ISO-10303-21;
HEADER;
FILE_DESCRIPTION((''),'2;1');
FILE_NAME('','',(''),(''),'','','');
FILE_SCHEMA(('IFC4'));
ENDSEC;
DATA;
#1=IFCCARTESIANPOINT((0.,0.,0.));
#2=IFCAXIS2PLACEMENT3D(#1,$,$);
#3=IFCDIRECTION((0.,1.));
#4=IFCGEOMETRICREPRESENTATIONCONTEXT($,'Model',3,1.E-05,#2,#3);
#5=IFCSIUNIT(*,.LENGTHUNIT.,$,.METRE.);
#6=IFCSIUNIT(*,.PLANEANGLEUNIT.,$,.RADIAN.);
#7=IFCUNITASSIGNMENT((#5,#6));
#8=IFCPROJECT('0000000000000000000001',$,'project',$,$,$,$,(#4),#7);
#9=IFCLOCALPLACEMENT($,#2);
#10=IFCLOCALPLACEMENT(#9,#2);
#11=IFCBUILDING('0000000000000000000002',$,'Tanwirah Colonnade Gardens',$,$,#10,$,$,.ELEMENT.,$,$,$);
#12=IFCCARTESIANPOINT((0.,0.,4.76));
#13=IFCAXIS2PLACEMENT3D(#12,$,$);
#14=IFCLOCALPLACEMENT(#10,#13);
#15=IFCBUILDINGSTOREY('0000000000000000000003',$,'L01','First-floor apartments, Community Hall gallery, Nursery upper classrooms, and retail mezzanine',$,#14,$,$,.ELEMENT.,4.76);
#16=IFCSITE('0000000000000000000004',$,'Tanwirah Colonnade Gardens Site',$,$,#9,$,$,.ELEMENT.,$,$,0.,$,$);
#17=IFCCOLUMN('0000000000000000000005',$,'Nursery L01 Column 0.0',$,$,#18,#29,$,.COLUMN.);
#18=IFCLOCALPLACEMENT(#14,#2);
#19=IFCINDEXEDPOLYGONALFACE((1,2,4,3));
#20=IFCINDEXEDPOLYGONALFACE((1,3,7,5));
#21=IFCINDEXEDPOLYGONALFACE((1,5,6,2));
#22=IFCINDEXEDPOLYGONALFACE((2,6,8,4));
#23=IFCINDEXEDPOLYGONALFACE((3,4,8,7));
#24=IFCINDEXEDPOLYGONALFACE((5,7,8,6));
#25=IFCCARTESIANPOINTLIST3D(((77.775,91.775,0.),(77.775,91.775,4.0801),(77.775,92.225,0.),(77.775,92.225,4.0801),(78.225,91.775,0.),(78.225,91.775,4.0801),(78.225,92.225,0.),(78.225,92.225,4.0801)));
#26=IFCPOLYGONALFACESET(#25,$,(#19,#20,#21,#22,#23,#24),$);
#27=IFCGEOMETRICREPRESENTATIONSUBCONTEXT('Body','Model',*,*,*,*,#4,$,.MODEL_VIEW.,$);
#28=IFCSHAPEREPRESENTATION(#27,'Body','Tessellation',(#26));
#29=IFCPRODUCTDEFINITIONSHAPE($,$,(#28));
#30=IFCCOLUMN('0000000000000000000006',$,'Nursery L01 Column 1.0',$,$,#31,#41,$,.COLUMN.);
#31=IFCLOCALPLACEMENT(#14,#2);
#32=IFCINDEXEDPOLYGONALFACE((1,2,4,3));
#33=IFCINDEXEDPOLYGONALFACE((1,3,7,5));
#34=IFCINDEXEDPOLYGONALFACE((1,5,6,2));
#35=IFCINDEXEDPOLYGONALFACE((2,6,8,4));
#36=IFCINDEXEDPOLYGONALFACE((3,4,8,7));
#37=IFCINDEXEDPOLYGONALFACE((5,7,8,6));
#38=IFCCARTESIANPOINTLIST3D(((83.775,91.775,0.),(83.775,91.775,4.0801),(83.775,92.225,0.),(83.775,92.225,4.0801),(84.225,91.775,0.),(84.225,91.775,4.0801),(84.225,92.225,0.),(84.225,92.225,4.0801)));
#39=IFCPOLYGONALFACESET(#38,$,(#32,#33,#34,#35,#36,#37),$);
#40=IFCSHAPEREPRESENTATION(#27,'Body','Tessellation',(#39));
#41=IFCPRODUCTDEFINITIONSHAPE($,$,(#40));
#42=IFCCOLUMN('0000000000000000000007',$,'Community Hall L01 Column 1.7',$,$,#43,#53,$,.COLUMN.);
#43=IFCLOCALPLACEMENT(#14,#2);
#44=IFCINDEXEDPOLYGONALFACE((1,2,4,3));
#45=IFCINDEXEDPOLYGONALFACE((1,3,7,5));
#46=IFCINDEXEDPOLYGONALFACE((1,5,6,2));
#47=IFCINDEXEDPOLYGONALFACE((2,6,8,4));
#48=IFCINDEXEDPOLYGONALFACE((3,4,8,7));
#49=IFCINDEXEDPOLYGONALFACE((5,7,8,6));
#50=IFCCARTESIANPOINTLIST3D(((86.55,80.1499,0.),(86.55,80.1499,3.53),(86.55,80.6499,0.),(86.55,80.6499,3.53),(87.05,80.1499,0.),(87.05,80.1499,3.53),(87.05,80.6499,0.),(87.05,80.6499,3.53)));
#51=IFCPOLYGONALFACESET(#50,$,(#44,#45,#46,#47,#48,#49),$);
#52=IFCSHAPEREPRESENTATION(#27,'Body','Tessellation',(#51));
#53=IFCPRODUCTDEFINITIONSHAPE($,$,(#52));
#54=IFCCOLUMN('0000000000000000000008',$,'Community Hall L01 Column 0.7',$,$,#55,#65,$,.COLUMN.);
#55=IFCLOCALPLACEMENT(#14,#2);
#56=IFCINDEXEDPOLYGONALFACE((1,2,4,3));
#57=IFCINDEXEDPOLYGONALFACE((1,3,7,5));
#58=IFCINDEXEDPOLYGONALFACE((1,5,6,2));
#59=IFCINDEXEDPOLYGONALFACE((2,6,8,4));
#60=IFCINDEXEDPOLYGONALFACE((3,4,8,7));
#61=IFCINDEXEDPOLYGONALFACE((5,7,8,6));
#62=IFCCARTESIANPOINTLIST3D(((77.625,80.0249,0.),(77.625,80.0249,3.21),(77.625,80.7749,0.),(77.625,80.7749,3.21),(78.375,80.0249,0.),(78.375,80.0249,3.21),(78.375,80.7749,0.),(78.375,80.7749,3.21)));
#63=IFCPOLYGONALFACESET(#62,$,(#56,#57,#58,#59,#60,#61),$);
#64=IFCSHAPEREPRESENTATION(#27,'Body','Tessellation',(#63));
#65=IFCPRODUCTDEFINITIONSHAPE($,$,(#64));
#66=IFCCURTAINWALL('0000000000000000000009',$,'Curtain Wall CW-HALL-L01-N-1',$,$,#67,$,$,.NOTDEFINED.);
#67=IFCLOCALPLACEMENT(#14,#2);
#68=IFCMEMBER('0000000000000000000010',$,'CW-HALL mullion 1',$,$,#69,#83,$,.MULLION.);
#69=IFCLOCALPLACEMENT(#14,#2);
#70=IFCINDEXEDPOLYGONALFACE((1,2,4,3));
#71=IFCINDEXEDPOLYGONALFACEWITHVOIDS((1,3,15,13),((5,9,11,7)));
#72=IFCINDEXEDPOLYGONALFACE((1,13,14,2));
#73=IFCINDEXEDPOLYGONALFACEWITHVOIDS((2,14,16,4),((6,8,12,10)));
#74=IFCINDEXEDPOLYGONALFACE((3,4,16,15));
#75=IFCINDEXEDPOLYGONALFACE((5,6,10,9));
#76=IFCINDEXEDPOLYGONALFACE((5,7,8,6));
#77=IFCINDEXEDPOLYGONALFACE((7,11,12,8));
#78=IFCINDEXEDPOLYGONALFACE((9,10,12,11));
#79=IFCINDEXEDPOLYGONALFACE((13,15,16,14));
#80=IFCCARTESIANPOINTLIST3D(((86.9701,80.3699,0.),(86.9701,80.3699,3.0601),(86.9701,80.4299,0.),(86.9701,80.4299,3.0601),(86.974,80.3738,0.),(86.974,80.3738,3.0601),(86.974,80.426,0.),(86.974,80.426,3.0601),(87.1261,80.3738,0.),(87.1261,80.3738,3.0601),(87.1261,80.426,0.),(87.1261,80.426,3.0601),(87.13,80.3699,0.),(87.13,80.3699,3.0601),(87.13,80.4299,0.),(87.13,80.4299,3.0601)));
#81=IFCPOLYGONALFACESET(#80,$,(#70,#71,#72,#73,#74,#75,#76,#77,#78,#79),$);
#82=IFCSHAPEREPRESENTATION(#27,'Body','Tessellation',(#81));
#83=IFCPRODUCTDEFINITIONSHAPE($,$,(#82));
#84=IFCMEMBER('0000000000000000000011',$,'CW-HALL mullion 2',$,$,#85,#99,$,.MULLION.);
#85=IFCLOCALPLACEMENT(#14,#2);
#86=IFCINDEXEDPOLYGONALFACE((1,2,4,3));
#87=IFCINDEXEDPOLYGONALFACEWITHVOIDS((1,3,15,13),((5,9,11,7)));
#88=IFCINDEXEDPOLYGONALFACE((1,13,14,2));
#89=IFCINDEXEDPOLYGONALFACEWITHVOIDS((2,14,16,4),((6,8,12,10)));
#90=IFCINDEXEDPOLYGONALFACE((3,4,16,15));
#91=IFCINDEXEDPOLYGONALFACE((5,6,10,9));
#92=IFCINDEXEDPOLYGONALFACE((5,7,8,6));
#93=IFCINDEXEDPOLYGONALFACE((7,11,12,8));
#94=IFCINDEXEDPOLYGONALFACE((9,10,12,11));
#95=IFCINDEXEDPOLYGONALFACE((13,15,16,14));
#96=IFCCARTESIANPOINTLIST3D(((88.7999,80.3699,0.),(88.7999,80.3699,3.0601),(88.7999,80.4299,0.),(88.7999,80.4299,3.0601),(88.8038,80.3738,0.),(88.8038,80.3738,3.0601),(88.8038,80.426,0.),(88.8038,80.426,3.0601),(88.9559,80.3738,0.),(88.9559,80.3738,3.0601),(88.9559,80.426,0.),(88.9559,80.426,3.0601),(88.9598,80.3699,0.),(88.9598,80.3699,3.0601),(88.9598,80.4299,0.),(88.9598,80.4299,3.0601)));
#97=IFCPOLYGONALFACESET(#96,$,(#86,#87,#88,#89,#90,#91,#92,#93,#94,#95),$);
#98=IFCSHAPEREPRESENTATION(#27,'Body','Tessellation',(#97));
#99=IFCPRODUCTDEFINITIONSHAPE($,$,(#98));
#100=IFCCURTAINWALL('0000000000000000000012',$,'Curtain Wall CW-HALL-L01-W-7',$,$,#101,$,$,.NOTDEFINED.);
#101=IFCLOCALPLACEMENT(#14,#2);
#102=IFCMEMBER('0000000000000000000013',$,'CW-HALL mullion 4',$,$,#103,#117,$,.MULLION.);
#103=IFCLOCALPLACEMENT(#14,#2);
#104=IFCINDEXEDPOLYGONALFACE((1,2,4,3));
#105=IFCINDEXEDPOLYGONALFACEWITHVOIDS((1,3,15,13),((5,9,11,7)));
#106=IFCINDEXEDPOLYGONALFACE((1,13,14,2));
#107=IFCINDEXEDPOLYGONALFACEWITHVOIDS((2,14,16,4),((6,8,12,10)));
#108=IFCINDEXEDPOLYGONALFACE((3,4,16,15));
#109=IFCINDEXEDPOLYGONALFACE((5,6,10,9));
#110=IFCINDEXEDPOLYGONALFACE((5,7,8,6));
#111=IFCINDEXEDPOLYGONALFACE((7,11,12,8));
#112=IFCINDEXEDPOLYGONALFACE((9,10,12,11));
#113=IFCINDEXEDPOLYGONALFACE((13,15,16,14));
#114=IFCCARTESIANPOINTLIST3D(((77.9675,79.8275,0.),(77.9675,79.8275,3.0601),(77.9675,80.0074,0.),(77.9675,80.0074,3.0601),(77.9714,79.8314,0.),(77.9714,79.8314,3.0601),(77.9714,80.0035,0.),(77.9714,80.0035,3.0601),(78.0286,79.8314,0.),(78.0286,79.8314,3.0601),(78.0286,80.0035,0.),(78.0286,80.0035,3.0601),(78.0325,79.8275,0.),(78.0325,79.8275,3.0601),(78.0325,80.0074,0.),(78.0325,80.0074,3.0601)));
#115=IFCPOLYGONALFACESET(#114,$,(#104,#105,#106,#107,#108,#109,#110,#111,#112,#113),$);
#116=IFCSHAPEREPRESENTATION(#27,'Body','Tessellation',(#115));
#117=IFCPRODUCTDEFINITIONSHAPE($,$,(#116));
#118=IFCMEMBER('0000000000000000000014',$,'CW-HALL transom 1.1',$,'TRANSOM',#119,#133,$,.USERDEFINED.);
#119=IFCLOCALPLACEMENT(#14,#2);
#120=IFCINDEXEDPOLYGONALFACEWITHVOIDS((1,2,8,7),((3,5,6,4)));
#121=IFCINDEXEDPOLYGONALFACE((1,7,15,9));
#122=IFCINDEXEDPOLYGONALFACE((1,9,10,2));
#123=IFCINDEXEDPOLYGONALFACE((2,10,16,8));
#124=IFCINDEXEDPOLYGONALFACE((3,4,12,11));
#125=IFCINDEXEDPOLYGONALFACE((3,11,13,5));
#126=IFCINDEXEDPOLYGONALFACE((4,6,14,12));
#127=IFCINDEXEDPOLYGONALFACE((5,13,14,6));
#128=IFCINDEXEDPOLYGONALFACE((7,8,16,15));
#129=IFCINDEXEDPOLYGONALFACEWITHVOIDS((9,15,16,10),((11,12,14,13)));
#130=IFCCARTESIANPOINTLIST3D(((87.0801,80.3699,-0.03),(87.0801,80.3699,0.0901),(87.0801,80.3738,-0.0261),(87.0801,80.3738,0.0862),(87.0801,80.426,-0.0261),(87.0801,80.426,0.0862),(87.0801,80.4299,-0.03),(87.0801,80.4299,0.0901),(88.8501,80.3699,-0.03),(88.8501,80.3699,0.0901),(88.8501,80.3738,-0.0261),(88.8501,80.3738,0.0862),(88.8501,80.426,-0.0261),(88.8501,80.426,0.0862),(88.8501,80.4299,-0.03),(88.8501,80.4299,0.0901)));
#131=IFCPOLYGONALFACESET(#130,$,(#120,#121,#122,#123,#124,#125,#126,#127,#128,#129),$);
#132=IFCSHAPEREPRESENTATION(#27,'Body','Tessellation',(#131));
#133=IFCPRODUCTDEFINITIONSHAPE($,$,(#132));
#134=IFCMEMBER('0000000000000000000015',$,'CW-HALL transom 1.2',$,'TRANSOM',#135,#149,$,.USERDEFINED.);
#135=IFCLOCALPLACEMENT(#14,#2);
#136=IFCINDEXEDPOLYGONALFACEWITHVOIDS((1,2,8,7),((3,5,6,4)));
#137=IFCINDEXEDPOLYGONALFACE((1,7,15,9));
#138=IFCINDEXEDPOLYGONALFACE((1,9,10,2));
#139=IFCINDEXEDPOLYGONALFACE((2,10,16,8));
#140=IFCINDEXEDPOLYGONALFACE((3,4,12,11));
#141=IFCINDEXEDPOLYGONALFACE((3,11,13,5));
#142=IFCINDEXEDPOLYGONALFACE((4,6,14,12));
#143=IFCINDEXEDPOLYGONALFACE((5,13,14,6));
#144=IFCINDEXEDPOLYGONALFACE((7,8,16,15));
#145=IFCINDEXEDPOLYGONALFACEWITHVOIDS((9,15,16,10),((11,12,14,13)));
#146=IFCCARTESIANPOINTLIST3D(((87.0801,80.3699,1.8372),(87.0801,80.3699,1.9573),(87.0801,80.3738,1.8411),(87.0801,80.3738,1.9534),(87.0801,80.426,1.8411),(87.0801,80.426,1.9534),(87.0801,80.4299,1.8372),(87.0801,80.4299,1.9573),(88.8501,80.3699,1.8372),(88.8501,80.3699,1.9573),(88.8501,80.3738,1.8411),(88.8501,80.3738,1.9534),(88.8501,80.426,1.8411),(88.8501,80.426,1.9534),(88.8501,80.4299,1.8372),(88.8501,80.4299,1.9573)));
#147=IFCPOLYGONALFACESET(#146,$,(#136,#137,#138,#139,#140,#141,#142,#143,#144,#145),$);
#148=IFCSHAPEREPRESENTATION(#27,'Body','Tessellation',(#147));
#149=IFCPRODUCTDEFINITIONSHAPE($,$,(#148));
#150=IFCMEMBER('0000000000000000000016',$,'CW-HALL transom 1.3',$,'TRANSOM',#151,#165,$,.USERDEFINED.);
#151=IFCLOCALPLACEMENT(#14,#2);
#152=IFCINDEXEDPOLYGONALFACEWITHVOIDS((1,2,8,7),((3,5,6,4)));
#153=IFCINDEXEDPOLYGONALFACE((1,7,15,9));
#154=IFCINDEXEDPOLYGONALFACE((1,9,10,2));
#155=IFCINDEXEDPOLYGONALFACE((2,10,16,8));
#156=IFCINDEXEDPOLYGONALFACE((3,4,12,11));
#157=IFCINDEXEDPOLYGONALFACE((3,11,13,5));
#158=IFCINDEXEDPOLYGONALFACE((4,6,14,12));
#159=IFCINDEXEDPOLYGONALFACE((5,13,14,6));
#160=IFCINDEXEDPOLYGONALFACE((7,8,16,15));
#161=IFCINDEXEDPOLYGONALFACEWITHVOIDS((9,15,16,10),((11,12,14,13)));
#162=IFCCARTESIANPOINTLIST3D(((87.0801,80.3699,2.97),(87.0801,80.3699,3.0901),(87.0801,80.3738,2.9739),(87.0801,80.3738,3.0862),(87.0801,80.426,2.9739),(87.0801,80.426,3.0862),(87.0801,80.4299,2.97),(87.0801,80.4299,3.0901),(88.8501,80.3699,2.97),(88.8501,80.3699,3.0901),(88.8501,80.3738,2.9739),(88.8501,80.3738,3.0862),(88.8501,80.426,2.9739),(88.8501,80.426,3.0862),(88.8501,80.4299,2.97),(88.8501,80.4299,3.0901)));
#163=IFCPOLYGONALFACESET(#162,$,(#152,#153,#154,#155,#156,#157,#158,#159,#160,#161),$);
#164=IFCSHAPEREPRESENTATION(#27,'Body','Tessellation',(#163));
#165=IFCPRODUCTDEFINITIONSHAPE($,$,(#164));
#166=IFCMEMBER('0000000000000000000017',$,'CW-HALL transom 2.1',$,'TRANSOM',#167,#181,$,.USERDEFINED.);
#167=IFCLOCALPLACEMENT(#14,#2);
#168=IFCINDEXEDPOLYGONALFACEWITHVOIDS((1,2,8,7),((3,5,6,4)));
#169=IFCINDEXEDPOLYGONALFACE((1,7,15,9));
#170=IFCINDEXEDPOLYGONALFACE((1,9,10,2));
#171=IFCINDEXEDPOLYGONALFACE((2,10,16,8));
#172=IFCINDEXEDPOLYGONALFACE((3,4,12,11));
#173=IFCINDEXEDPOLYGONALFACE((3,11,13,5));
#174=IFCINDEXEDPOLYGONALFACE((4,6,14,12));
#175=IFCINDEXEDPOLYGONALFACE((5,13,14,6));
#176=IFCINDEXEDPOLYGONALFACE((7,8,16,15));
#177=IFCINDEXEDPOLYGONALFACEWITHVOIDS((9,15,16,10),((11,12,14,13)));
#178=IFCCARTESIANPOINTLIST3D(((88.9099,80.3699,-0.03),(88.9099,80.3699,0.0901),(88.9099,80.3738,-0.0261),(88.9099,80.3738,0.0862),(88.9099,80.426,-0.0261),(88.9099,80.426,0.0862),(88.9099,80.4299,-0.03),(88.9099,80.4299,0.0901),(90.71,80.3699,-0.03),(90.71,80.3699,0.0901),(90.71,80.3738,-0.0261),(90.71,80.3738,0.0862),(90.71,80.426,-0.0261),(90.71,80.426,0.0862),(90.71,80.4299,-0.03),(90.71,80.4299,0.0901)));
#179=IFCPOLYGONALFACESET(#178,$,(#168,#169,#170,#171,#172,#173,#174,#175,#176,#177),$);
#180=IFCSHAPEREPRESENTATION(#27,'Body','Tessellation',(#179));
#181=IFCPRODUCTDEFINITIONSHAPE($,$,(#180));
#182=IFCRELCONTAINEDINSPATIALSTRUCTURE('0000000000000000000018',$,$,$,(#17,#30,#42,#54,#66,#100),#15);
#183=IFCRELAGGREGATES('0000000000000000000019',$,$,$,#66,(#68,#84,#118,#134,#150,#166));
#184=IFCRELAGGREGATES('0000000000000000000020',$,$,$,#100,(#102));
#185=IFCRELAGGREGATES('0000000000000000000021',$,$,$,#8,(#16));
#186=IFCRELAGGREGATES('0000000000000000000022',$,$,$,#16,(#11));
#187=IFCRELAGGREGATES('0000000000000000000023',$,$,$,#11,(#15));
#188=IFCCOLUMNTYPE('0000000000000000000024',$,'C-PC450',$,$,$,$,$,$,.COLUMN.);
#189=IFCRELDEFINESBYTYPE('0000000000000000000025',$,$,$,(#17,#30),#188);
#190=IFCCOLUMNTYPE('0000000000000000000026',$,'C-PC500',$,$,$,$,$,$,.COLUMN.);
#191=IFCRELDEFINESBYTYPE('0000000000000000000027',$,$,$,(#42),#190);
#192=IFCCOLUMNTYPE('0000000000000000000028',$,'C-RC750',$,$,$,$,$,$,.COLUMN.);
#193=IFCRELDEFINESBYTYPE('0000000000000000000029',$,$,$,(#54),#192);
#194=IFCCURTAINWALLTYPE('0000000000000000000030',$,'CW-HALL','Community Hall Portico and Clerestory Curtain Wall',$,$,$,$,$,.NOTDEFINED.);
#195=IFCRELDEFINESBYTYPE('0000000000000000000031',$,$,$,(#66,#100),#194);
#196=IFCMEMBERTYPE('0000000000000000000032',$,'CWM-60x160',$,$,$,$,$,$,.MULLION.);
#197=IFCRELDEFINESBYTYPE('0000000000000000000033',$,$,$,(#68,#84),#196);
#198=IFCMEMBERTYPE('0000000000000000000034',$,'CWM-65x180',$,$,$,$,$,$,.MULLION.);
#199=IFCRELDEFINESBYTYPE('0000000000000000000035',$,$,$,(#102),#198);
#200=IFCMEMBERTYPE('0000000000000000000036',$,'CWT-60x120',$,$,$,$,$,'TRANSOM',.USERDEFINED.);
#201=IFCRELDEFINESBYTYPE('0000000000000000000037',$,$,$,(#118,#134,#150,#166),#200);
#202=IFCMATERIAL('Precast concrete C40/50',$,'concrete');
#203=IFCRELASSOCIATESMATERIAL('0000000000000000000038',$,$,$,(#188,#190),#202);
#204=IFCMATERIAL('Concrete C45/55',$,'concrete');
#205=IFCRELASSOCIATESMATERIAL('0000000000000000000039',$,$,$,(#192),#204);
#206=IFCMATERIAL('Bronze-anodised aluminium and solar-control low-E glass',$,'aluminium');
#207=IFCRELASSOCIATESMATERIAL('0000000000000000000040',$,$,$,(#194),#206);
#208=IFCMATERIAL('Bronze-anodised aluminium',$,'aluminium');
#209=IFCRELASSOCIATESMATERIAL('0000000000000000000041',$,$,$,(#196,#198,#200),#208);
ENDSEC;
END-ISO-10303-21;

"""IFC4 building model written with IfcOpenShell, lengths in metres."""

from ifc_helpers import new_model, si_unit, direction, frame, origin, origin_2d, place, context, subcontext, project, spatial, rectangle, hollow_rectangle, extrude, material, material_profile, profile_set, type_object, element, aggregate, save


model = new_model("IFC4")

# Units and contexts
model_context = context("Model", 3, precision=1e-05, world=origin(), true_north=direction((0.0, 1.0)))
body_context = subcontext(model_context, "Body", "Model", "MODEL_VIEW")
ifc_project = project(units=[si_unit("LENGTHUNIT", "METRE"), si_unit("PLANEANGLEUNIT", "RADIAN")], contexts=[model_context])

# Site, building, storey
site_placement = place(None, origin())
site = spatial("IfcSite", under=ifc_project, at=site_placement, Name="Tanwirah Colonnade Gardens Site", CompositionType="ELEMENT", RefElevation=0.0)
building_placement = place(site_placement, origin())
building = spatial("IfcBuilding", under=site, at=building_placement, Name="Tanwirah Colonnade Gardens", CompositionType="ELEMENT")
storey_placement = place(building_placement, frame((0.0, 0.0, 4.76)))
storey = spatial("IfcBuildingStorey", under=building, at=storey_placement, Name="L01", Description="First-floor apartments, Community Hall gallery, Nursery upper classrooms, and retail mezzanine", CompositionType="ELEMENT", Elevation=4.76)

# Columns
ifc_material_1 = material(Name="Precast concrete C40/50", Category="concrete")
ifc_material_profile_1 = material_profile(ifc_material_1, rectangle(XDim=0.45, YDim=0.45, at=origin_2d()), Name="PC-COL 450x450")
ifc_profile_set_1 = profile_set([ifc_material_profile_1], Name="Precast concrete C40/50")
column_type_1 = type_object("IfcColumnType", Name="C-PC450", PredefinedType="COLUMN", material=ifc_profile_set_1)
for number, where, z_axis, x_axis, name in (
    (1, (78.0, 92.0, 0.0), (0.0, 0.0, 1.0), (1.0, 0.0, 0.0), "Nursery L01 Column 0.0"),
    (2, (84.0, 92.0, 0.0), (0.0, 0.0, 1.0), (1.0, 0.0, 0.0), "Nursery L01 Column 1.0"),
):
    element("IfcColumn", number, at=place(storey_placement, frame(where, z_axis=z_axis, x_axis=x_axis)), inside=storey, type_object=column_type_1, Name=name, PredefinedType="COLUMN", context=body_context, shape_type="SweptSolid", body=[
        extrude(rectangle(XDim=0.45, YDim=0.45, at=origin_2d()), origin(), (0.0, 0.0, 1.0), 4.0801),
    ])
ifc_material_profile_2 = material_profile(ifc_material_1, rectangle(XDim=0.5, YDim=0.5, at=origin_2d()), Name="PC-COL 500x500")
ifc_profile_set_2 = profile_set([ifc_material_profile_2], Name="Precast concrete C40/50")
column_type_2 = type_object("IfcColumnType", Name="C-PC500", PredefinedType="COLUMN", material=ifc_profile_set_2)
column_1_placement = place(storey_placement, frame((86.8, 80.3999, 0.0), z_axis=(0.0, 0.0, 1.0), x_axis=(1.0, 0.0, 0.0)))
element("IfcColumn", 3, at=column_1_placement, inside=storey, type_object=column_type_2, Name="Community Hall L01 Column 1.7", PredefinedType="COLUMN", context=body_context, shape_type="SweptSolid", body=[
    extrude(rectangle(XDim=0.5, YDim=0.5, at=origin_2d()), origin(), (0.0, 0.0, 1.0), 3.53),
])
ifc_material_2 = material(Name="Concrete C45/55", Category="concrete")
ifc_material_profile_3 = material_profile(ifc_material_2, rectangle(XDim=0.75, YDim=0.75, at=origin_2d()), Name="RC-COL 750x750")
ifc_profile_set_3 = profile_set([ifc_material_profile_3], Name="Concrete C45/55")
column_type_3 = type_object("IfcColumnType", Name="C-RC750", PredefinedType="COLUMN", material=ifc_profile_set_3)
column_2_placement = place(storey_placement, frame((78.0, 80.3999, 0.0), z_axis=(0.0, 0.0, 1.0), x_axis=(1.0, 0.0, 0.0)))
element("IfcColumn", 4, at=column_2_placement, inside=storey, type_object=column_type_3, Name="Community Hall L01 Column 0.7", PredefinedType="COLUMN", context=body_context, shape_type="SweptSolid", body=[
    extrude(rectangle(XDim=0.75, YDim=0.75, at=origin_2d()), origin(), (0.0, 0.0, 1.0), 3.21),
])

# Curtain wall, members
ifc_material_3 = material(Name="Bronze-anodised aluminium and solar-control low-E glass", Category="aluminium")
curtain_wall_type = type_object("IfcCurtainWallType", Name="CW-HALL", Description="Community Hall Portico and Clerestory Curtain Wall", PredefinedType="NOTDEFINED", material=ifc_material_3)
curtain_wall_1_placement = place(storey_placement, origin())
curtain_wall_1 = element("IfcCurtainWall", 5, at=curtain_wall_1_placement, inside=storey, type_object=curtain_wall_type, Name="Curtain Wall CW-HALL-L01-N-1", PredefinedType="NOTDEFINED")
ifc_material_4 = material(Name="Bronze-anodised aluminium", Category="aluminium")
ifc_material_profile_4 = material_profile(ifc_material_4, hollow_rectangle(XDim=0.0601, YDim=0.1599, WallThickness=0.0039, at=origin_2d()), Name="CW-MUL 60x160x4")
ifc_profile_set_4 = profile_set([ifc_material_profile_4], Name="Bronze-anodised aluminium")
member_type_1 = type_object("IfcMemberType", Name="CWM-60x160", PredefinedType="MULLION", material=ifc_profile_set_4)
member_1_placement = place(storey_placement, frame((87.05, 80.3999, 0.0), z_axis=(0.0, 0.0, 1.0), x_axis=(0.0, 1.0, 0.0)))
member_1 = element("IfcMember", 6, at=member_1_placement, type_object=member_type_1, Name="CW-HALL mullion 1", PredefinedType="MULLION", context=body_context, shape_type="SweptSolid", body=[
    extrude(hollow_rectangle(XDim=0.0601, YDim=0.1599, WallThickness=0.0039, at=origin_2d()), origin(), (0.0, 0.0, 1.0), 3.0601),
])
member_2_placement = place(storey_placement, frame((88.8799, 80.3999, 0.0), z_axis=(0.0, 0.0, 1.0), x_axis=(0.0, 1.0, 0.0)))
member_2 = element("IfcMember", 7, at=member_2_placement, type_object=member_type_1, Name="CW-HALL mullion 2", PredefinedType="MULLION", context=body_context, shape_type="SweptSolid", body=[
    extrude(hollow_rectangle(XDim=0.0601, YDim=0.1599, WallThickness=0.0039, at=origin_2d()), origin(), (0.0, 0.0, 1.0), 3.0601),
])

# Curtain wall, member
curtain_wall_2_placement = place(storey_placement, origin())
curtain_wall_2 = element("IfcCurtainWall", 8, at=curtain_wall_2_placement, inside=storey, type_object=curtain_wall_type, Name="Curtain Wall CW-HALL-L01-W-7", PredefinedType="NOTDEFINED")
ifc_material_profile_5 = material_profile(ifc_material_4, hollow_rectangle(XDim=0.0649, YDim=0.1799, WallThickness=0.0039, at=origin_2d()), Name="CW-MUL 65x180x4")
ifc_profile_set_5 = profile_set([ifc_material_profile_5], Name="Bronze-anodised aluminium")
member_type_2 = type_object("IfcMemberType", Name="CWM-65x180", PredefinedType="MULLION", material=ifc_profile_set_5)
member_3_placement = place(storey_placement, frame((78.0, 79.9175, 0.0), z_axis=(0.0, 0.0, 1.0), x_axis=(-1.0, 0.0, 0.0)))
member_3 = element("IfcMember", 9, at=member_3_placement, type_object=member_type_2, Name="CW-HALL mullion 4", PredefinedType="MULLION", context=body_context, shape_type="SweptSolid", body=[
    extrude(hollow_rectangle(XDim=0.0649, YDim=0.1799, WallThickness=0.0039, at=origin_2d()), origin(), (0.0, 0.0, 1.0), 3.0601),
])

# Members
ifc_material_profile_6 = material_profile(ifc_material_4, hollow_rectangle(XDim=0.0601, YDim=0.1201, WallThickness=0.0039, at=origin_2d()), Name="CW-TRN 60x120x4")
ifc_profile_set_6 = profile_set([ifc_material_profile_6], Name="Bronze-anodised aluminium")
member_type_3 = type_object("IfcMemberType", Name="CWT-60x120", ElementType="TRANSOM", PredefinedType="USERDEFINED", material=ifc_profile_set_6)
member_4_placement = place(storey_placement, frame((87.0801, 80.3999, 0.03), z_axis=(1.0, 0.0, 0.0), x_axis=(0.0, 1.0, 0.0)))
member_4 = element("IfcMember", 10, at=member_4_placement, type_object=member_type_3, Name="CW-HALL transom 1.1", ObjectType="TRANSOM", PredefinedType="USERDEFINED", context=body_context, shape_type="SweptSolid", body=[
    extrude(hollow_rectangle(XDim=0.0601, YDim=0.1201, WallThickness=0.0039, at=origin_2d()), origin(), (0.0, 0.0, 1.0), 1.77),
])
member_5_placement = place(storey_placement, frame((87.0801, 80.3999, 1.8972), z_axis=(1.0, 0.0, 0.0), x_axis=(0.0, 1.0, 0.0)))
member_5 = element("IfcMember", 11, at=member_5_placement, type_object=member_type_3, Name="CW-HALL transom 1.2", ObjectType="TRANSOM", PredefinedType="USERDEFINED", context=body_context, shape_type="SweptSolid", body=[
    extrude(hollow_rectangle(XDim=0.0601, YDim=0.1201, WallThickness=0.0039, at=origin_2d()), origin(), (0.0, 0.0, 1.0), 1.77),
])
member_6_placement = place(storey_placement, frame((87.0801, 80.3999, 3.03), z_axis=(1.0, 0.0, 0.0), x_axis=(0.0, 1.0, 0.0)))
member_6 = element("IfcMember", 12, at=member_6_placement, type_object=member_type_3, Name="CW-HALL transom 1.3", ObjectType="TRANSOM", PredefinedType="USERDEFINED", context=body_context, shape_type="SweptSolid", body=[
    extrude(hollow_rectangle(XDim=0.0601, YDim=0.1201, WallThickness=0.0039, at=origin_2d()), origin(), (0.0, 0.0, 1.0), 1.77),
])
member_7_placement = place(storey_placement, frame((88.9099, 80.3999, 0.03), z_axis=(1.0, 0.0, 0.0), x_axis=(0.0, 1.0, 0.0)))
member_7 = element("IfcMember", 13, at=member_7_placement, type_object=member_type_3, Name="CW-HALL transom 2.1", ObjectType="TRANSOM", PredefinedType="USERDEFINED", context=body_context, shape_type="SweptSolid", body=[
    extrude(hollow_rectangle(XDim=0.0601, YDim=0.1201, WallThickness=0.0039, at=origin_2d()), origin(), (0.0, 0.0, 1.0), 1.8),
])

aggregate(curtain_wall_1, [member_1, member_2, member_4, member_5, member_6, member_7])
aggregate(curtain_wall_2, [member_3])

save(model, "model.ifc")
